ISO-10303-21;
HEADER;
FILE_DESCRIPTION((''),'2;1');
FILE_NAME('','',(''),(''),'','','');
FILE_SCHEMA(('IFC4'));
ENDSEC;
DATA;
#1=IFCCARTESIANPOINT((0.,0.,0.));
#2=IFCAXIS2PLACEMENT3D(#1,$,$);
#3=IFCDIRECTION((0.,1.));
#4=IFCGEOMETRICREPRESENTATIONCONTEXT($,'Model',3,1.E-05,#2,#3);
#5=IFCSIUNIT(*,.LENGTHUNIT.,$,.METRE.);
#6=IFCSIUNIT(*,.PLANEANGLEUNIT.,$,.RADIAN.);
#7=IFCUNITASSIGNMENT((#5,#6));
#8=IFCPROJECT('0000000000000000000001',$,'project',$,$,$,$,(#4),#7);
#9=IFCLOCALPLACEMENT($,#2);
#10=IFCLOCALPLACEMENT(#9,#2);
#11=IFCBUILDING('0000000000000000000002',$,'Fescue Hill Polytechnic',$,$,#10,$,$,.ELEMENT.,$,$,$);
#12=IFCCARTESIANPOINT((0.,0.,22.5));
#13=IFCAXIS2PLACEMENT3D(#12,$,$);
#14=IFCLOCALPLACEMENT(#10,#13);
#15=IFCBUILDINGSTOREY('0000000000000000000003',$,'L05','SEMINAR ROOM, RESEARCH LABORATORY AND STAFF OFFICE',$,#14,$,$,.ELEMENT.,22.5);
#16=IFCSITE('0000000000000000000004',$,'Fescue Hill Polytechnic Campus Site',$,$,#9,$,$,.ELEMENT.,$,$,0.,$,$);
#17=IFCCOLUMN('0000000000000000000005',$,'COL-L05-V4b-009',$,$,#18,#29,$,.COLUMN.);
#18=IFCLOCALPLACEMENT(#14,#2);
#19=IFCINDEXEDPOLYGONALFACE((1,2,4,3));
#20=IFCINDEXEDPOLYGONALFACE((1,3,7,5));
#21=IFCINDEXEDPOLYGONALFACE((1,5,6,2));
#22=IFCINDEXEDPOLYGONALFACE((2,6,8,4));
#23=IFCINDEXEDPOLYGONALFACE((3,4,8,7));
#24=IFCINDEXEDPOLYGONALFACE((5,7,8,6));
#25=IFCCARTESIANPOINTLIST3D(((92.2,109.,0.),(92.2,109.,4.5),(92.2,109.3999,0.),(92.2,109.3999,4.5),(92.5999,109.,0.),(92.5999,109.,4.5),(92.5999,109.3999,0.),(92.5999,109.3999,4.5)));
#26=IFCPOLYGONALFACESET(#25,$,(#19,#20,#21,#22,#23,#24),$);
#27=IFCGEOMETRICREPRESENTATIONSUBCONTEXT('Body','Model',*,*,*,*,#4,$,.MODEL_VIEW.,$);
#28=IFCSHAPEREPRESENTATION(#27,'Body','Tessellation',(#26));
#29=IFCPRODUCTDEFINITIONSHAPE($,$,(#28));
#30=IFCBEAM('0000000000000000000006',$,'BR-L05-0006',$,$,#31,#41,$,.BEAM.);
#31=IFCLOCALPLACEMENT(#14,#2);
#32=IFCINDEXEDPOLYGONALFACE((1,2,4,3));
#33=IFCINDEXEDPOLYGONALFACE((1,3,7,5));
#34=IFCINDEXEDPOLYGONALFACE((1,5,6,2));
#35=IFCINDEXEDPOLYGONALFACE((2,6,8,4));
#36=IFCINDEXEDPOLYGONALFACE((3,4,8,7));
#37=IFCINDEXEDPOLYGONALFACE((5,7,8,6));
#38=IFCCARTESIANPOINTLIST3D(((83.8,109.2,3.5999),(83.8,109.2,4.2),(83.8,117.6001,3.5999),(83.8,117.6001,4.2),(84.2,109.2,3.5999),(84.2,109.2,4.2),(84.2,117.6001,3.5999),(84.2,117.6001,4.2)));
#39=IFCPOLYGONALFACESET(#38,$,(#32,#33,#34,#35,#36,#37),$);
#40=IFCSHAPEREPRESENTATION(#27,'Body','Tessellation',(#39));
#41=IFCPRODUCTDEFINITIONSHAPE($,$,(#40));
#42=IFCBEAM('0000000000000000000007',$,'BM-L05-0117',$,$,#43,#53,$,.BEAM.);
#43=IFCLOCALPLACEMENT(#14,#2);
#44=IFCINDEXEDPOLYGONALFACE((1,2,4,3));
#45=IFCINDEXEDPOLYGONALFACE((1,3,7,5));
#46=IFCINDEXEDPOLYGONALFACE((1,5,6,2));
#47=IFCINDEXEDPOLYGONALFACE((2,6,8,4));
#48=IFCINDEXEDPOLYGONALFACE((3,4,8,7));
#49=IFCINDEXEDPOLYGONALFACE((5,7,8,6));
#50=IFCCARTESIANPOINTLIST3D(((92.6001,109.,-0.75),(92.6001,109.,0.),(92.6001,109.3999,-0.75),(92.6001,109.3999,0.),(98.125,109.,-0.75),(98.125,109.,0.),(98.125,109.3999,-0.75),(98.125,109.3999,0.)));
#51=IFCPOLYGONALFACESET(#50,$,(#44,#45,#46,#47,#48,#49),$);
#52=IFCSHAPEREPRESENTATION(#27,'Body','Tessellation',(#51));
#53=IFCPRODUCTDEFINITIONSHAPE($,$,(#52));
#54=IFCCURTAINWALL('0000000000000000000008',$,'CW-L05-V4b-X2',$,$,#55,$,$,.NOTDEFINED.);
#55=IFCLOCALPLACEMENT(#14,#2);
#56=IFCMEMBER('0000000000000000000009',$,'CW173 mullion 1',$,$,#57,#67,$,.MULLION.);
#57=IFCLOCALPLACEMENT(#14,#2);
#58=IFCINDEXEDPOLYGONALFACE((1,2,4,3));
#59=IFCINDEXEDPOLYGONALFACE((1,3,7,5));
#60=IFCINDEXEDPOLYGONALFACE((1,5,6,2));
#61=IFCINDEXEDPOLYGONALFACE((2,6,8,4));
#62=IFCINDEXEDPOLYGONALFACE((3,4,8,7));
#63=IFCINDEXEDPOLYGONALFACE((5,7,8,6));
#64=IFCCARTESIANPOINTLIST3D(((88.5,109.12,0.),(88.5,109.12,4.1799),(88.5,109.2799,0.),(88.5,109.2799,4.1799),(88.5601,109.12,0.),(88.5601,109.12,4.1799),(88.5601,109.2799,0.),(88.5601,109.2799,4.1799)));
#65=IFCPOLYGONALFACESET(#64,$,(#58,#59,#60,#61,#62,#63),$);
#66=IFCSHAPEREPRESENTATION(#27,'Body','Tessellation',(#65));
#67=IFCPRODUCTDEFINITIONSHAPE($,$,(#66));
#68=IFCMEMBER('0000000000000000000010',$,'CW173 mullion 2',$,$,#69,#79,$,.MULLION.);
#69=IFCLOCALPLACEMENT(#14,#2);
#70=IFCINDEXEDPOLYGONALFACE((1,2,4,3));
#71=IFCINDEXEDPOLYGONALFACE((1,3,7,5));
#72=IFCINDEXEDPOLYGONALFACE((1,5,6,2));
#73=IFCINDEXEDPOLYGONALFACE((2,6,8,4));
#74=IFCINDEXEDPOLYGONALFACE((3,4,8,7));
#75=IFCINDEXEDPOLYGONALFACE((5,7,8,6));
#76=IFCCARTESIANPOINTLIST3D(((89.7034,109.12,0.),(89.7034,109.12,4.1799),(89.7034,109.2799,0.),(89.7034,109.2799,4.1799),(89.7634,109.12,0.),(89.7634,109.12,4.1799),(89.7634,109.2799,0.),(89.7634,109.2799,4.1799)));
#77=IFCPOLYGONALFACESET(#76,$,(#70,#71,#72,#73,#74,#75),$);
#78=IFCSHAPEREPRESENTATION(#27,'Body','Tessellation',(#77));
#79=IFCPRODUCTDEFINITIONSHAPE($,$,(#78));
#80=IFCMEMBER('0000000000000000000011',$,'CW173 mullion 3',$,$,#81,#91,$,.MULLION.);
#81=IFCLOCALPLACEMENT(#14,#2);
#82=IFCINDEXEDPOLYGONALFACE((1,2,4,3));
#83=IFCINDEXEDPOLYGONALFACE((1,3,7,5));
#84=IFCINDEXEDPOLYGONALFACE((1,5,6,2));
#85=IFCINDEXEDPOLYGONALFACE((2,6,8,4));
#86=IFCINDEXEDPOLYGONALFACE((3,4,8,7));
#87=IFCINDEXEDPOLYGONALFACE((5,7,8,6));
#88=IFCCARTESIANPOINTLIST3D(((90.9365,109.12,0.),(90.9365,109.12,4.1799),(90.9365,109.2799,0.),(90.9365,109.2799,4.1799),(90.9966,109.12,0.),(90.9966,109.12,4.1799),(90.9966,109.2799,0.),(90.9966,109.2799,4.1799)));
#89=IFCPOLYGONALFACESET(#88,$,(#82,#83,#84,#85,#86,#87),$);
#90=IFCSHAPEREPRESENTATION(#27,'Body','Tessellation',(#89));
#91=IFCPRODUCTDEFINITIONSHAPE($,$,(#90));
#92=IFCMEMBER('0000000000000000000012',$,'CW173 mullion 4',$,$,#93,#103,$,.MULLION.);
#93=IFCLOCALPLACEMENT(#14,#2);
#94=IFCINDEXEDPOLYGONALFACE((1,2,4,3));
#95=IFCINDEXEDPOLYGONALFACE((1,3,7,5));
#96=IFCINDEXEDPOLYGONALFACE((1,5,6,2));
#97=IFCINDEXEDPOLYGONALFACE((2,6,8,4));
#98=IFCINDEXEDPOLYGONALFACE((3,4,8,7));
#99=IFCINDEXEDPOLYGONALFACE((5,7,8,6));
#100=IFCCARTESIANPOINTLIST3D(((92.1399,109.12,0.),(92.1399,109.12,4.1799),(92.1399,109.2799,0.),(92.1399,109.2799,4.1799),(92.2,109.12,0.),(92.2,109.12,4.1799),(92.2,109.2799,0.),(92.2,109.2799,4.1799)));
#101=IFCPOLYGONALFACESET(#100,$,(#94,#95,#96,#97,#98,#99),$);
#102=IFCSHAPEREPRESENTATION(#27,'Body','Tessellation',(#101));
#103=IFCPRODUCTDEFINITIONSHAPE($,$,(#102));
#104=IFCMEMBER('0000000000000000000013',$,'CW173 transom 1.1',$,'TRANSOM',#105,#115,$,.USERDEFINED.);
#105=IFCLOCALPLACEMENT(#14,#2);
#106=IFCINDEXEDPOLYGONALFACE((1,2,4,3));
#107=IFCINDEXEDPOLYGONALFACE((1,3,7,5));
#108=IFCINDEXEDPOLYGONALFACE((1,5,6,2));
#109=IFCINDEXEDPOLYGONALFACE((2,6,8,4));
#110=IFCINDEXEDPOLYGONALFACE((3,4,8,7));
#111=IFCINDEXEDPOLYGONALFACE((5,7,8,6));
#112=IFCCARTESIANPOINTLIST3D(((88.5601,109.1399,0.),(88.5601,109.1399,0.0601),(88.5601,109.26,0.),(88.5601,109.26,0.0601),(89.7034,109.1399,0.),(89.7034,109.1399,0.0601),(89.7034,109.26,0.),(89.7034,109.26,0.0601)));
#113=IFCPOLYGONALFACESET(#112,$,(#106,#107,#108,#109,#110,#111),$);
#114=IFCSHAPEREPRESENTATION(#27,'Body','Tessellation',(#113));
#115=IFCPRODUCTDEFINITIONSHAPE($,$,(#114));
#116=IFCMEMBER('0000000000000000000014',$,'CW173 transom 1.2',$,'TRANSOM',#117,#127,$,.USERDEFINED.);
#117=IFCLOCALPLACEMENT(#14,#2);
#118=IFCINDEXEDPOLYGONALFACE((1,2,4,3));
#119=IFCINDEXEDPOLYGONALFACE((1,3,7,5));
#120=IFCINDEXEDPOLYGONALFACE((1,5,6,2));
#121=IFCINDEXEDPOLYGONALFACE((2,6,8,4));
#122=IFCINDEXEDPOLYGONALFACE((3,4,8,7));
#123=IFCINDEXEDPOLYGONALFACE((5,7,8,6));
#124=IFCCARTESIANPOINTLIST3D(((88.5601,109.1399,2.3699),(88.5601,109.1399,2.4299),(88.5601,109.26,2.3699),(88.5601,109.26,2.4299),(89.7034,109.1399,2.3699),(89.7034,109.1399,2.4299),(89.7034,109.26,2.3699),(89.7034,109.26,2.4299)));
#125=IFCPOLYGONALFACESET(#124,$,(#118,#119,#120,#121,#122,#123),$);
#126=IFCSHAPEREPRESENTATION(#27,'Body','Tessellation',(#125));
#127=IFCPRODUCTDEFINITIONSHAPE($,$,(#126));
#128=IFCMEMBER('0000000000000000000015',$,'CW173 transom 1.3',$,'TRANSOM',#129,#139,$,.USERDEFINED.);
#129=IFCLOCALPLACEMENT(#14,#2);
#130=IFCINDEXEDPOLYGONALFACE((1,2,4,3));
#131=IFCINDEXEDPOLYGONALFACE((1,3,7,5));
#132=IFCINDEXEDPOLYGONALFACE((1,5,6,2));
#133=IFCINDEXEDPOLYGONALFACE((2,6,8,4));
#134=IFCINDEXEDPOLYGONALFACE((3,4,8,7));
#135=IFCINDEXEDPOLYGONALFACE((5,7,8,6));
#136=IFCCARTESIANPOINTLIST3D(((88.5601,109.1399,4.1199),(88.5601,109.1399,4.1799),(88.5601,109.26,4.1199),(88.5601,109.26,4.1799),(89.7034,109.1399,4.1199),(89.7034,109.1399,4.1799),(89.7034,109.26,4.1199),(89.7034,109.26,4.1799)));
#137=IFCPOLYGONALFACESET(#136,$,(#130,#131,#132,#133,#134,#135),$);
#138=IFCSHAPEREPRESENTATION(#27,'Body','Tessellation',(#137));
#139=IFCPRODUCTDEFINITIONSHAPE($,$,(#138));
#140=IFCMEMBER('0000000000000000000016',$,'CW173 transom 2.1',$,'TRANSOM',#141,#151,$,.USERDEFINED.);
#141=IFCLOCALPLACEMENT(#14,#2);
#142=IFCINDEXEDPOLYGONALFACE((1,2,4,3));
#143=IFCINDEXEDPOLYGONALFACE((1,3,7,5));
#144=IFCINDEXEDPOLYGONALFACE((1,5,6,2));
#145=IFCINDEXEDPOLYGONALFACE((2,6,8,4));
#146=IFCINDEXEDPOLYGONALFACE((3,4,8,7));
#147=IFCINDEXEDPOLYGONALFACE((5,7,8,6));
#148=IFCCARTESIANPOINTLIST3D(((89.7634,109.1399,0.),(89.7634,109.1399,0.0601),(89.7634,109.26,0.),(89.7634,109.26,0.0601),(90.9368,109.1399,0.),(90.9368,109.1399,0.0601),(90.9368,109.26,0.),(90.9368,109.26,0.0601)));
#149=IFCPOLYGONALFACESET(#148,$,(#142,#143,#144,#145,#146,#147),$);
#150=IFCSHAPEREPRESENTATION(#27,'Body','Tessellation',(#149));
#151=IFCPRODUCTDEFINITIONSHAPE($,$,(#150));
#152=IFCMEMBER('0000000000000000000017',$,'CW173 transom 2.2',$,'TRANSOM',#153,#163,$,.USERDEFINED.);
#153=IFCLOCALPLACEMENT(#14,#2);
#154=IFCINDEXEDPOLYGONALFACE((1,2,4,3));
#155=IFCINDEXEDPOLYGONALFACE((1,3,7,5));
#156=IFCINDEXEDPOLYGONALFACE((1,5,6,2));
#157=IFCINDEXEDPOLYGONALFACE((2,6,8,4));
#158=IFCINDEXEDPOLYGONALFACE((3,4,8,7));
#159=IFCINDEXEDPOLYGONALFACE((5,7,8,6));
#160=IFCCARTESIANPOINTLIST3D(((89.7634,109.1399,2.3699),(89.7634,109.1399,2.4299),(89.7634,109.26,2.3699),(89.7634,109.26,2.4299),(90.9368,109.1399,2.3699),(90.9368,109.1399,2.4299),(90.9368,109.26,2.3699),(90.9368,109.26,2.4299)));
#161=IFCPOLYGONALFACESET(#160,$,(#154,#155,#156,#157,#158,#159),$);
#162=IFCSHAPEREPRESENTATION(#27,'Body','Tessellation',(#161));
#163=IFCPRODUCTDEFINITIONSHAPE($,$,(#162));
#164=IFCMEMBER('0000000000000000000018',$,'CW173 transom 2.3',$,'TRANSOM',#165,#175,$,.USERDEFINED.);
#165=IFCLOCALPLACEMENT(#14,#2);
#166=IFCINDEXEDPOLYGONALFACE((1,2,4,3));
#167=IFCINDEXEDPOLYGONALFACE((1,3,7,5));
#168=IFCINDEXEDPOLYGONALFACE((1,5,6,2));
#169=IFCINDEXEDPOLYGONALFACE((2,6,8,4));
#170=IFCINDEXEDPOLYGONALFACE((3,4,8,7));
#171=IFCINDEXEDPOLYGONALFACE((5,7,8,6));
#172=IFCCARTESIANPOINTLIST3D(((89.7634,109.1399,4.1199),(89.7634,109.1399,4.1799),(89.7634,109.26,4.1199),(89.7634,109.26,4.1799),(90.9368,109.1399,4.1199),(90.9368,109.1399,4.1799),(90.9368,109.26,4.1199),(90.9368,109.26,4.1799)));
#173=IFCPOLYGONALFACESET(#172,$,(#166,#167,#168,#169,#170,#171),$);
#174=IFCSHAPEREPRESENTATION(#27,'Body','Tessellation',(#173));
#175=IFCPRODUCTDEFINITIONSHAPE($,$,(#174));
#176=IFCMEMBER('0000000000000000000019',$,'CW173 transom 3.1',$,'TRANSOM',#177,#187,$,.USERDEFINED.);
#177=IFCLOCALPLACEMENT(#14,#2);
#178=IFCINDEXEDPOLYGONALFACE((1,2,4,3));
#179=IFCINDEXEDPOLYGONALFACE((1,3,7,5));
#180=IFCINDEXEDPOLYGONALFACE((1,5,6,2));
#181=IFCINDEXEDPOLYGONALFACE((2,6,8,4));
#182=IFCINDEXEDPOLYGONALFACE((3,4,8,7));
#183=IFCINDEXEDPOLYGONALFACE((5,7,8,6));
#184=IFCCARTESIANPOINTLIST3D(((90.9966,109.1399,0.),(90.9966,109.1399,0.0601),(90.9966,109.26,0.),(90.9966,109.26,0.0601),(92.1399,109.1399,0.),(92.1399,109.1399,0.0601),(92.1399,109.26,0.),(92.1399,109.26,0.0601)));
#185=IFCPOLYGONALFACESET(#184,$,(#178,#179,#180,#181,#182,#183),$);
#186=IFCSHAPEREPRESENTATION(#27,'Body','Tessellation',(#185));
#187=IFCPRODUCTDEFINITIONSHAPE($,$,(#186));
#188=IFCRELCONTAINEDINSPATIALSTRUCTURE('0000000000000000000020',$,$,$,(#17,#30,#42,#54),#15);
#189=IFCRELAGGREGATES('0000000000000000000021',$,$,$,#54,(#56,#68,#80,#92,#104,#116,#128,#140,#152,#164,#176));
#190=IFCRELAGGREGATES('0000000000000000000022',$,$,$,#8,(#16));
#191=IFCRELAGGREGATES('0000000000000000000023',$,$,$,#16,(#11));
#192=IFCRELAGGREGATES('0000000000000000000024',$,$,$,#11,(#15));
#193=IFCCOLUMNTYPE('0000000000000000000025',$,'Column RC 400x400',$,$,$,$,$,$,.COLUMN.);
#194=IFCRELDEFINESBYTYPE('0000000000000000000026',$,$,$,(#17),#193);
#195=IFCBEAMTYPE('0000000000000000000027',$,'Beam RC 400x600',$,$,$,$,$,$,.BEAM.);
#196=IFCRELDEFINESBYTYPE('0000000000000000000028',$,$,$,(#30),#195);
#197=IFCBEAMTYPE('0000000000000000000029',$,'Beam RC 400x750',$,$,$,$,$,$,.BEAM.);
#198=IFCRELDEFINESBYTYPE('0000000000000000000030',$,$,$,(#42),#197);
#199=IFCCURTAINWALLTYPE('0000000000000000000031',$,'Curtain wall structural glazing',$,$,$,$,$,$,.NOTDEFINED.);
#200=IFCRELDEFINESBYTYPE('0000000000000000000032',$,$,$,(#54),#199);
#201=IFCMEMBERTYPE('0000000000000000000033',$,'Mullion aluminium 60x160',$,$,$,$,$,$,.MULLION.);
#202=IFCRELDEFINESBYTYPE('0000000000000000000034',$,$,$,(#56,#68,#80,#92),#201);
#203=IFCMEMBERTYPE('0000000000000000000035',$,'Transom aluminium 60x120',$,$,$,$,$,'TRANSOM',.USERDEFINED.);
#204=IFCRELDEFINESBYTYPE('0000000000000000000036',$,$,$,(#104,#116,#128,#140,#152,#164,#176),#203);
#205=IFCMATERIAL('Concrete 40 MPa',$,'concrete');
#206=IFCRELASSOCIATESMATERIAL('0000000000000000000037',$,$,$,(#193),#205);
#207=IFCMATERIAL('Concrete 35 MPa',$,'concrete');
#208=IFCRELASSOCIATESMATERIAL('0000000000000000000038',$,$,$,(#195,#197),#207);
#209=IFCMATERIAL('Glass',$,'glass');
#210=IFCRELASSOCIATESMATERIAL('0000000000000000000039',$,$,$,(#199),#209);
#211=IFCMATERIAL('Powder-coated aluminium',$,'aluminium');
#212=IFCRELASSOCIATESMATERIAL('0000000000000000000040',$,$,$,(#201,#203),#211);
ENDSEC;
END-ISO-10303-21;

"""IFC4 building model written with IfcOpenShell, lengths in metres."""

from ifc_helpers import new_model, si_unit, direction, frame, origin, origin_2d, place, context, subcontext, project, spatial, rectangle, extrude, material, material_profile, profile_set, type_object, element, aggregate, save


model = new_model("IFC4")

# Units and contexts
model_context = context("Model", 3, precision=1e-05, world=origin(), true_north=direction((0.0, 1.0)))
body_context = subcontext(model_context, "Body", "Model", "MODEL_VIEW")
ifc_project = project(units=[si_unit("LENGTHUNIT", "METRE"), si_unit("PLANEANGLEUNIT", "RADIAN")], contexts=[model_context])

# Site, building, storey
site_placement = place(None, origin())
site = spatial("IfcSite", under=ifc_project, at=site_placement, Name="Fescue Hill Polytechnic Campus Site", CompositionType="ELEMENT", RefElevation=0.0)
building_placement = place(site_placement, origin())
building = spatial("IfcBuilding", under=site, at=building_placement, Name="Fescue Hill Polytechnic", CompositionType="ELEMENT")
storey_placement = place(building_placement, frame((0.0, 0.0, 22.5)))
storey = spatial("IfcBuildingStorey", under=building, at=storey_placement, Name="L05", Description="SEMINAR ROOM, RESEARCH LABORATORY AND STAFF OFFICE", CompositionType="ELEMENT", Elevation=22.5)

# Column
ifc_material_1 = material(Name="Concrete 40 MPa", Category="concrete")
ifc_material_profile_1 = material_profile(ifc_material_1, rectangle(XDim=0.3999, YDim=0.3999, at=origin_2d()), Name="RC 400x400")
ifc_profile_set_1 = profile_set([ifc_material_profile_1], Name="Concrete 40 MPa")
column_type = type_object("IfcColumnType", Name="Column RC 400x400", PredefinedType="COLUMN", material=ifc_profile_set_1)
column_placement = place(storey_placement, frame((92.3999, 109.2, 0.0), z_axis=(0.0, 0.0, 1.0), x_axis=(1.0, 0.0, 0.0)))
element("IfcColumn", 1, at=column_placement, inside=storey, type_object=column_type, Name="COL-L05-V4b-009", PredefinedType="COLUMN", context=body_context, shape_type="SweptSolid", body=[
    extrude(rectangle(XDim=0.3999, YDim=0.3999, at=origin_2d()), origin(), (0.0, 0.0, 1.0), 4.5),
])

# Beams
ifc_material_2 = material(Name="Concrete 35 MPa", Category="concrete")
ifc_material_profile_2 = material_profile(ifc_material_2, rectangle(XDim=0.3999, YDim=0.6001, at=origin_2d()), Name="RC 400x600")
ifc_profile_set_2 = profile_set([ifc_material_profile_2], Name="Concrete 35 MPa")
beam_type_1 = type_object("IfcBeamType", Name="Beam RC 400x600", PredefinedType="BEAM", material=ifc_profile_set_2)
beam_1_placement = place(storey_placement, frame((84.0, 109.2, 3.8999), z_axis=(0.0, 1.0, 0.0), x_axis=(-1.0, 0.0, 0.0)))
element("IfcBeam", 2, at=beam_1_placement, inside=storey, type_object=beam_type_1, Name="BR-L05-0006", PredefinedType="BEAM", context=body_context, shape_type="SweptSolid", body=[
    extrude(rectangle(XDim=0.3999, YDim=0.6001, at=origin_2d()), origin(), (0.0, 0.0, 1.0), 8.4001),
])
ifc_material_profile_3 = material_profile(ifc_material_2, rectangle(XDim=0.3999, YDim=0.75, at=origin_2d()), Name="RC 400x750")
ifc_profile_set_3 = profile_set([ifc_material_profile_3], Name="Concrete 35 MPa")
beam_type_2 = type_object("IfcBeamType", Name="Beam RC 400x750", PredefinedType="BEAM", material=ifc_profile_set_3)
beam_2_placement = place(storey_placement, frame((92.6001, 109.2, -0.375), z_axis=(1.0, 0.0, 0.0), x_axis=(0.0, 1.0, 0.0)))
element("IfcBeam", 3, at=beam_2_placement, inside=storey, type_object=beam_type_2, Name="BM-L05-0117", PredefinedType="BEAM", context=body_context, shape_type="SweptSolid", body=[
    extrude(rectangle(XDim=0.3999, YDim=0.75, at=origin_2d()), origin(), (0.0, 0.0, 1.0), 5.5249),
])

# Curtain wall, members
ifc_material_3 = material(Name="Glass", Category="glass")
curtain_wall_type = type_object("IfcCurtainWallType", Name="Curtain wall structural glazing", PredefinedType="NOTDEFINED", material=ifc_material_3)
curtain_wall_placement = place(storey_placement, origin())
curtain_wall = element("IfcCurtainWall", 4, at=curtain_wall_placement, inside=storey, type_object=curtain_wall_type, Name="CW-L05-V4b-X2", PredefinedType="NOTDEFINED")
ifc_material_4 = material(Name="Powder-coated aluminium", Category="aluminium")
ifc_material_profile_4 = material_profile(ifc_material_4, rectangle(XDim=0.1599, YDim=0.0601, at=origin_2d()), Name="Mullion aluminium 60x160")
ifc_profile_set_4 = profile_set([ifc_material_profile_4], Name="Powder-coated aluminium")
member_type_1 = type_object("IfcMemberType", Name="Mullion aluminium 60x160", PredefinedType="MULLION", material=ifc_profile_set_4)
member_1_placement = place(storey_placement, frame((88.53, 109.2, 0.0), z_axis=(0.0, 0.0, 1.0), x_axis=(0.0, 1.0, 0.0)))
member_1 = element("IfcMember", 5, at=member_1_placement, type_object=member_type_1, Name="CW173 mullion 1", PredefinedType="MULLION", context=body_context, shape_type="SweptSolid", body=[
    extrude(rectangle(XDim=0.1599, YDim=0.0601, at=origin_2d()), origin(), (0.0, 0.0, 1.0), 4.1799),
])
member_2_placement = place(storey_placement, frame((89.7334, 109.2, 0.0), z_axis=(0.0, 0.0, 1.0), x_axis=(0.0, 1.0, 0.0)))
member_2 = element("IfcMember", 6, at=member_2_placement, type_object=member_type_1, Name="CW173 mullion 2", PredefinedType="MULLION", context=body_context, shape_type="SweptSolid", body=[
    extrude(rectangle(XDim=0.1599, YDim=0.0601, at=origin_2d()), origin(), (0.0, 0.0, 1.0), 4.1799),
])
member_3_placement = place(storey_placement, frame((90.9666, 109.2, 0.0), z_axis=(0.0, 0.0, 1.0), x_axis=(0.0, 1.0, 0.0)))
member_3 = element("IfcMember", 7, at=member_3_placement, type_object=member_type_1, Name="CW173 mullion 3", PredefinedType="MULLION", context=body_context, shape_type="SweptSolid", body=[
    extrude(rectangle(XDim=0.1599, YDim=0.0601, at=origin_2d()), origin(), (0.0, 0.0, 1.0), 4.1799),
])
member_4_placement = place(storey_placement, frame((92.1699, 109.2, 0.0), z_axis=(0.0, 0.0, 1.0), x_axis=(0.0, 1.0, 0.0)))
member_4 = element("IfcMember", 8, at=member_4_placement, type_object=member_type_1, Name="CW173 mullion 4", PredefinedType="MULLION", context=body_context, shape_type="SweptSolid", body=[
    extrude(rectangle(XDim=0.1599, YDim=0.0601, at=origin_2d()), origin(), (0.0, 0.0, 1.0), 4.1799),
])
ifc_material_profile_5 = material_profile(ifc_material_4, rectangle(XDim=0.1201, YDim=0.0601, at=origin_2d()), Name="Transom aluminium 60x120")
ifc_profile_set_5 = profile_set([ifc_material_profile_5], Name="Powder-coated aluminium")
member_type_2 = type_object("IfcMemberType", Name="Transom aluminium 60x120", ElementType="TRANSOM", PredefinedType="USERDEFINED", material=ifc_profile_set_5)
member_5_placement = place(storey_placement, frame((88.5601, 109.2, 0.03), z_axis=(1.0, 0.0, 0.0), x_axis=(0.0, 1.0, 0.0)))
member_5 = element("IfcMember", 9, at=member_5_placement, type_object=member_type_2, Name="CW173 transom 1.1", ObjectType="TRANSOM", PredefinedType="USERDEFINED", context=body_context, shape_type="SweptSolid", body=[
    extrude(rectangle(XDim=0.1201, YDim=0.0601, at=origin_2d()), origin(), (0.0, 0.0, 1.0), 1.1433),
])
member_6_placement = place(storey_placement, frame((88.5601, 109.2, 2.3999), z_axis=(1.0, 0.0, 0.0), x_axis=(0.0, 1.0, 0.0)))
member_6 = element("IfcMember", 10, at=member_6_placement, type_object=member_type_2, Name="CW173 transom 1.2", ObjectType="TRANSOM", PredefinedType="USERDEFINED", context=body_context, shape_type="SweptSolid", body=[
    extrude(rectangle(XDim=0.1201, YDim=0.0601, at=origin_2d()), origin(), (0.0, 0.0, 1.0), 1.1433),
])
member_7_placement = place(storey_placement, frame((88.5601, 109.2, 4.1499), z_axis=(1.0, 0.0, 0.0), x_axis=(0.0, 1.0, 0.0)))
member_7 = element("IfcMember", 11, at=member_7_placement, type_object=member_type_2, Name="CW173 transom 1.3", ObjectType="TRANSOM", PredefinedType="USERDEFINED", context=body_context, shape_type="SweptSolid", body=[
    extrude(rectangle(XDim=0.1201, YDim=0.0601, at=origin_2d()), origin(), (0.0, 0.0, 1.0), 1.1433),
])
member_8_placement = place(storey_placement, frame((89.7634, 109.2, 0.03), z_axis=(1.0, 0.0, 0.0), x_axis=(0.0, 1.0, 0.0)))
member_8 = element("IfcMember", 12, at=member_8_placement, type_object=member_type_2, Name="CW173 transom 2.1", ObjectType="TRANSOM", PredefinedType="USERDEFINED", context=body_context, shape_type="SweptSolid", body=[
    extrude(rectangle(XDim=0.1201, YDim=0.0601, at=origin_2d()), origin(), (0.0, 0.0, 1.0), 1.1733),
])
member_9_placement = place(storey_placement, frame((89.7634, 109.2, 2.3999), z_axis=(1.0, 0.0, 0.0), x_axis=(0.0, 1.0, 0.0)))
member_9 = element("IfcMember", 13, at=member_9_placement, type_object=member_type_2, Name="CW173 transom 2.2", ObjectType="TRANSOM", PredefinedType="USERDEFINED", context=body_context, shape_type="SweptSolid", body=[
    extrude(rectangle(XDim=0.1201, YDim=0.0601, at=origin_2d()), origin(), (0.0, 0.0, 1.0), 1.1733),
])
member_10_placement = place(storey_placement, frame((89.7634, 109.2, 4.1499), z_axis=(1.0, 0.0, 0.0), x_axis=(0.0, 1.0, 0.0)))
member_10 = element("IfcMember", 14, at=member_10_placement, type_object=member_type_2, Name="CW173 transom 2.3", ObjectType="TRANSOM", PredefinedType="USERDEFINED", context=body_context, shape_type="SweptSolid", body=[
    extrude(rectangle(XDim=0.1201, YDim=0.0601, at=origin_2d()), origin(), (0.0, 0.0, 1.0), 1.1733),
])
member_11_placement = place(storey_placement, frame((90.9966, 109.2, 0.03), z_axis=(1.0, 0.0, 0.0), x_axis=(0.0, 1.0, 0.0)))
member_11 = element("IfcMember", 15, at=member_11_placement, type_object=member_type_2, Name="CW173 transom 3.1", ObjectType="TRANSOM", PredefinedType="USERDEFINED", context=body_context, shape_type="SweptSolid", body=[
    extrude(rectangle(XDim=0.1201, YDim=0.0601, at=origin_2d()), origin(), (0.0, 0.0, 1.0), 1.1433),
])
aggregate(curtain_wall, [member_1, member_2, member_3, member_4, member_5, member_6, member_7, member_8, member_9, member_10, member_11])

save(model, "model.ifc")
